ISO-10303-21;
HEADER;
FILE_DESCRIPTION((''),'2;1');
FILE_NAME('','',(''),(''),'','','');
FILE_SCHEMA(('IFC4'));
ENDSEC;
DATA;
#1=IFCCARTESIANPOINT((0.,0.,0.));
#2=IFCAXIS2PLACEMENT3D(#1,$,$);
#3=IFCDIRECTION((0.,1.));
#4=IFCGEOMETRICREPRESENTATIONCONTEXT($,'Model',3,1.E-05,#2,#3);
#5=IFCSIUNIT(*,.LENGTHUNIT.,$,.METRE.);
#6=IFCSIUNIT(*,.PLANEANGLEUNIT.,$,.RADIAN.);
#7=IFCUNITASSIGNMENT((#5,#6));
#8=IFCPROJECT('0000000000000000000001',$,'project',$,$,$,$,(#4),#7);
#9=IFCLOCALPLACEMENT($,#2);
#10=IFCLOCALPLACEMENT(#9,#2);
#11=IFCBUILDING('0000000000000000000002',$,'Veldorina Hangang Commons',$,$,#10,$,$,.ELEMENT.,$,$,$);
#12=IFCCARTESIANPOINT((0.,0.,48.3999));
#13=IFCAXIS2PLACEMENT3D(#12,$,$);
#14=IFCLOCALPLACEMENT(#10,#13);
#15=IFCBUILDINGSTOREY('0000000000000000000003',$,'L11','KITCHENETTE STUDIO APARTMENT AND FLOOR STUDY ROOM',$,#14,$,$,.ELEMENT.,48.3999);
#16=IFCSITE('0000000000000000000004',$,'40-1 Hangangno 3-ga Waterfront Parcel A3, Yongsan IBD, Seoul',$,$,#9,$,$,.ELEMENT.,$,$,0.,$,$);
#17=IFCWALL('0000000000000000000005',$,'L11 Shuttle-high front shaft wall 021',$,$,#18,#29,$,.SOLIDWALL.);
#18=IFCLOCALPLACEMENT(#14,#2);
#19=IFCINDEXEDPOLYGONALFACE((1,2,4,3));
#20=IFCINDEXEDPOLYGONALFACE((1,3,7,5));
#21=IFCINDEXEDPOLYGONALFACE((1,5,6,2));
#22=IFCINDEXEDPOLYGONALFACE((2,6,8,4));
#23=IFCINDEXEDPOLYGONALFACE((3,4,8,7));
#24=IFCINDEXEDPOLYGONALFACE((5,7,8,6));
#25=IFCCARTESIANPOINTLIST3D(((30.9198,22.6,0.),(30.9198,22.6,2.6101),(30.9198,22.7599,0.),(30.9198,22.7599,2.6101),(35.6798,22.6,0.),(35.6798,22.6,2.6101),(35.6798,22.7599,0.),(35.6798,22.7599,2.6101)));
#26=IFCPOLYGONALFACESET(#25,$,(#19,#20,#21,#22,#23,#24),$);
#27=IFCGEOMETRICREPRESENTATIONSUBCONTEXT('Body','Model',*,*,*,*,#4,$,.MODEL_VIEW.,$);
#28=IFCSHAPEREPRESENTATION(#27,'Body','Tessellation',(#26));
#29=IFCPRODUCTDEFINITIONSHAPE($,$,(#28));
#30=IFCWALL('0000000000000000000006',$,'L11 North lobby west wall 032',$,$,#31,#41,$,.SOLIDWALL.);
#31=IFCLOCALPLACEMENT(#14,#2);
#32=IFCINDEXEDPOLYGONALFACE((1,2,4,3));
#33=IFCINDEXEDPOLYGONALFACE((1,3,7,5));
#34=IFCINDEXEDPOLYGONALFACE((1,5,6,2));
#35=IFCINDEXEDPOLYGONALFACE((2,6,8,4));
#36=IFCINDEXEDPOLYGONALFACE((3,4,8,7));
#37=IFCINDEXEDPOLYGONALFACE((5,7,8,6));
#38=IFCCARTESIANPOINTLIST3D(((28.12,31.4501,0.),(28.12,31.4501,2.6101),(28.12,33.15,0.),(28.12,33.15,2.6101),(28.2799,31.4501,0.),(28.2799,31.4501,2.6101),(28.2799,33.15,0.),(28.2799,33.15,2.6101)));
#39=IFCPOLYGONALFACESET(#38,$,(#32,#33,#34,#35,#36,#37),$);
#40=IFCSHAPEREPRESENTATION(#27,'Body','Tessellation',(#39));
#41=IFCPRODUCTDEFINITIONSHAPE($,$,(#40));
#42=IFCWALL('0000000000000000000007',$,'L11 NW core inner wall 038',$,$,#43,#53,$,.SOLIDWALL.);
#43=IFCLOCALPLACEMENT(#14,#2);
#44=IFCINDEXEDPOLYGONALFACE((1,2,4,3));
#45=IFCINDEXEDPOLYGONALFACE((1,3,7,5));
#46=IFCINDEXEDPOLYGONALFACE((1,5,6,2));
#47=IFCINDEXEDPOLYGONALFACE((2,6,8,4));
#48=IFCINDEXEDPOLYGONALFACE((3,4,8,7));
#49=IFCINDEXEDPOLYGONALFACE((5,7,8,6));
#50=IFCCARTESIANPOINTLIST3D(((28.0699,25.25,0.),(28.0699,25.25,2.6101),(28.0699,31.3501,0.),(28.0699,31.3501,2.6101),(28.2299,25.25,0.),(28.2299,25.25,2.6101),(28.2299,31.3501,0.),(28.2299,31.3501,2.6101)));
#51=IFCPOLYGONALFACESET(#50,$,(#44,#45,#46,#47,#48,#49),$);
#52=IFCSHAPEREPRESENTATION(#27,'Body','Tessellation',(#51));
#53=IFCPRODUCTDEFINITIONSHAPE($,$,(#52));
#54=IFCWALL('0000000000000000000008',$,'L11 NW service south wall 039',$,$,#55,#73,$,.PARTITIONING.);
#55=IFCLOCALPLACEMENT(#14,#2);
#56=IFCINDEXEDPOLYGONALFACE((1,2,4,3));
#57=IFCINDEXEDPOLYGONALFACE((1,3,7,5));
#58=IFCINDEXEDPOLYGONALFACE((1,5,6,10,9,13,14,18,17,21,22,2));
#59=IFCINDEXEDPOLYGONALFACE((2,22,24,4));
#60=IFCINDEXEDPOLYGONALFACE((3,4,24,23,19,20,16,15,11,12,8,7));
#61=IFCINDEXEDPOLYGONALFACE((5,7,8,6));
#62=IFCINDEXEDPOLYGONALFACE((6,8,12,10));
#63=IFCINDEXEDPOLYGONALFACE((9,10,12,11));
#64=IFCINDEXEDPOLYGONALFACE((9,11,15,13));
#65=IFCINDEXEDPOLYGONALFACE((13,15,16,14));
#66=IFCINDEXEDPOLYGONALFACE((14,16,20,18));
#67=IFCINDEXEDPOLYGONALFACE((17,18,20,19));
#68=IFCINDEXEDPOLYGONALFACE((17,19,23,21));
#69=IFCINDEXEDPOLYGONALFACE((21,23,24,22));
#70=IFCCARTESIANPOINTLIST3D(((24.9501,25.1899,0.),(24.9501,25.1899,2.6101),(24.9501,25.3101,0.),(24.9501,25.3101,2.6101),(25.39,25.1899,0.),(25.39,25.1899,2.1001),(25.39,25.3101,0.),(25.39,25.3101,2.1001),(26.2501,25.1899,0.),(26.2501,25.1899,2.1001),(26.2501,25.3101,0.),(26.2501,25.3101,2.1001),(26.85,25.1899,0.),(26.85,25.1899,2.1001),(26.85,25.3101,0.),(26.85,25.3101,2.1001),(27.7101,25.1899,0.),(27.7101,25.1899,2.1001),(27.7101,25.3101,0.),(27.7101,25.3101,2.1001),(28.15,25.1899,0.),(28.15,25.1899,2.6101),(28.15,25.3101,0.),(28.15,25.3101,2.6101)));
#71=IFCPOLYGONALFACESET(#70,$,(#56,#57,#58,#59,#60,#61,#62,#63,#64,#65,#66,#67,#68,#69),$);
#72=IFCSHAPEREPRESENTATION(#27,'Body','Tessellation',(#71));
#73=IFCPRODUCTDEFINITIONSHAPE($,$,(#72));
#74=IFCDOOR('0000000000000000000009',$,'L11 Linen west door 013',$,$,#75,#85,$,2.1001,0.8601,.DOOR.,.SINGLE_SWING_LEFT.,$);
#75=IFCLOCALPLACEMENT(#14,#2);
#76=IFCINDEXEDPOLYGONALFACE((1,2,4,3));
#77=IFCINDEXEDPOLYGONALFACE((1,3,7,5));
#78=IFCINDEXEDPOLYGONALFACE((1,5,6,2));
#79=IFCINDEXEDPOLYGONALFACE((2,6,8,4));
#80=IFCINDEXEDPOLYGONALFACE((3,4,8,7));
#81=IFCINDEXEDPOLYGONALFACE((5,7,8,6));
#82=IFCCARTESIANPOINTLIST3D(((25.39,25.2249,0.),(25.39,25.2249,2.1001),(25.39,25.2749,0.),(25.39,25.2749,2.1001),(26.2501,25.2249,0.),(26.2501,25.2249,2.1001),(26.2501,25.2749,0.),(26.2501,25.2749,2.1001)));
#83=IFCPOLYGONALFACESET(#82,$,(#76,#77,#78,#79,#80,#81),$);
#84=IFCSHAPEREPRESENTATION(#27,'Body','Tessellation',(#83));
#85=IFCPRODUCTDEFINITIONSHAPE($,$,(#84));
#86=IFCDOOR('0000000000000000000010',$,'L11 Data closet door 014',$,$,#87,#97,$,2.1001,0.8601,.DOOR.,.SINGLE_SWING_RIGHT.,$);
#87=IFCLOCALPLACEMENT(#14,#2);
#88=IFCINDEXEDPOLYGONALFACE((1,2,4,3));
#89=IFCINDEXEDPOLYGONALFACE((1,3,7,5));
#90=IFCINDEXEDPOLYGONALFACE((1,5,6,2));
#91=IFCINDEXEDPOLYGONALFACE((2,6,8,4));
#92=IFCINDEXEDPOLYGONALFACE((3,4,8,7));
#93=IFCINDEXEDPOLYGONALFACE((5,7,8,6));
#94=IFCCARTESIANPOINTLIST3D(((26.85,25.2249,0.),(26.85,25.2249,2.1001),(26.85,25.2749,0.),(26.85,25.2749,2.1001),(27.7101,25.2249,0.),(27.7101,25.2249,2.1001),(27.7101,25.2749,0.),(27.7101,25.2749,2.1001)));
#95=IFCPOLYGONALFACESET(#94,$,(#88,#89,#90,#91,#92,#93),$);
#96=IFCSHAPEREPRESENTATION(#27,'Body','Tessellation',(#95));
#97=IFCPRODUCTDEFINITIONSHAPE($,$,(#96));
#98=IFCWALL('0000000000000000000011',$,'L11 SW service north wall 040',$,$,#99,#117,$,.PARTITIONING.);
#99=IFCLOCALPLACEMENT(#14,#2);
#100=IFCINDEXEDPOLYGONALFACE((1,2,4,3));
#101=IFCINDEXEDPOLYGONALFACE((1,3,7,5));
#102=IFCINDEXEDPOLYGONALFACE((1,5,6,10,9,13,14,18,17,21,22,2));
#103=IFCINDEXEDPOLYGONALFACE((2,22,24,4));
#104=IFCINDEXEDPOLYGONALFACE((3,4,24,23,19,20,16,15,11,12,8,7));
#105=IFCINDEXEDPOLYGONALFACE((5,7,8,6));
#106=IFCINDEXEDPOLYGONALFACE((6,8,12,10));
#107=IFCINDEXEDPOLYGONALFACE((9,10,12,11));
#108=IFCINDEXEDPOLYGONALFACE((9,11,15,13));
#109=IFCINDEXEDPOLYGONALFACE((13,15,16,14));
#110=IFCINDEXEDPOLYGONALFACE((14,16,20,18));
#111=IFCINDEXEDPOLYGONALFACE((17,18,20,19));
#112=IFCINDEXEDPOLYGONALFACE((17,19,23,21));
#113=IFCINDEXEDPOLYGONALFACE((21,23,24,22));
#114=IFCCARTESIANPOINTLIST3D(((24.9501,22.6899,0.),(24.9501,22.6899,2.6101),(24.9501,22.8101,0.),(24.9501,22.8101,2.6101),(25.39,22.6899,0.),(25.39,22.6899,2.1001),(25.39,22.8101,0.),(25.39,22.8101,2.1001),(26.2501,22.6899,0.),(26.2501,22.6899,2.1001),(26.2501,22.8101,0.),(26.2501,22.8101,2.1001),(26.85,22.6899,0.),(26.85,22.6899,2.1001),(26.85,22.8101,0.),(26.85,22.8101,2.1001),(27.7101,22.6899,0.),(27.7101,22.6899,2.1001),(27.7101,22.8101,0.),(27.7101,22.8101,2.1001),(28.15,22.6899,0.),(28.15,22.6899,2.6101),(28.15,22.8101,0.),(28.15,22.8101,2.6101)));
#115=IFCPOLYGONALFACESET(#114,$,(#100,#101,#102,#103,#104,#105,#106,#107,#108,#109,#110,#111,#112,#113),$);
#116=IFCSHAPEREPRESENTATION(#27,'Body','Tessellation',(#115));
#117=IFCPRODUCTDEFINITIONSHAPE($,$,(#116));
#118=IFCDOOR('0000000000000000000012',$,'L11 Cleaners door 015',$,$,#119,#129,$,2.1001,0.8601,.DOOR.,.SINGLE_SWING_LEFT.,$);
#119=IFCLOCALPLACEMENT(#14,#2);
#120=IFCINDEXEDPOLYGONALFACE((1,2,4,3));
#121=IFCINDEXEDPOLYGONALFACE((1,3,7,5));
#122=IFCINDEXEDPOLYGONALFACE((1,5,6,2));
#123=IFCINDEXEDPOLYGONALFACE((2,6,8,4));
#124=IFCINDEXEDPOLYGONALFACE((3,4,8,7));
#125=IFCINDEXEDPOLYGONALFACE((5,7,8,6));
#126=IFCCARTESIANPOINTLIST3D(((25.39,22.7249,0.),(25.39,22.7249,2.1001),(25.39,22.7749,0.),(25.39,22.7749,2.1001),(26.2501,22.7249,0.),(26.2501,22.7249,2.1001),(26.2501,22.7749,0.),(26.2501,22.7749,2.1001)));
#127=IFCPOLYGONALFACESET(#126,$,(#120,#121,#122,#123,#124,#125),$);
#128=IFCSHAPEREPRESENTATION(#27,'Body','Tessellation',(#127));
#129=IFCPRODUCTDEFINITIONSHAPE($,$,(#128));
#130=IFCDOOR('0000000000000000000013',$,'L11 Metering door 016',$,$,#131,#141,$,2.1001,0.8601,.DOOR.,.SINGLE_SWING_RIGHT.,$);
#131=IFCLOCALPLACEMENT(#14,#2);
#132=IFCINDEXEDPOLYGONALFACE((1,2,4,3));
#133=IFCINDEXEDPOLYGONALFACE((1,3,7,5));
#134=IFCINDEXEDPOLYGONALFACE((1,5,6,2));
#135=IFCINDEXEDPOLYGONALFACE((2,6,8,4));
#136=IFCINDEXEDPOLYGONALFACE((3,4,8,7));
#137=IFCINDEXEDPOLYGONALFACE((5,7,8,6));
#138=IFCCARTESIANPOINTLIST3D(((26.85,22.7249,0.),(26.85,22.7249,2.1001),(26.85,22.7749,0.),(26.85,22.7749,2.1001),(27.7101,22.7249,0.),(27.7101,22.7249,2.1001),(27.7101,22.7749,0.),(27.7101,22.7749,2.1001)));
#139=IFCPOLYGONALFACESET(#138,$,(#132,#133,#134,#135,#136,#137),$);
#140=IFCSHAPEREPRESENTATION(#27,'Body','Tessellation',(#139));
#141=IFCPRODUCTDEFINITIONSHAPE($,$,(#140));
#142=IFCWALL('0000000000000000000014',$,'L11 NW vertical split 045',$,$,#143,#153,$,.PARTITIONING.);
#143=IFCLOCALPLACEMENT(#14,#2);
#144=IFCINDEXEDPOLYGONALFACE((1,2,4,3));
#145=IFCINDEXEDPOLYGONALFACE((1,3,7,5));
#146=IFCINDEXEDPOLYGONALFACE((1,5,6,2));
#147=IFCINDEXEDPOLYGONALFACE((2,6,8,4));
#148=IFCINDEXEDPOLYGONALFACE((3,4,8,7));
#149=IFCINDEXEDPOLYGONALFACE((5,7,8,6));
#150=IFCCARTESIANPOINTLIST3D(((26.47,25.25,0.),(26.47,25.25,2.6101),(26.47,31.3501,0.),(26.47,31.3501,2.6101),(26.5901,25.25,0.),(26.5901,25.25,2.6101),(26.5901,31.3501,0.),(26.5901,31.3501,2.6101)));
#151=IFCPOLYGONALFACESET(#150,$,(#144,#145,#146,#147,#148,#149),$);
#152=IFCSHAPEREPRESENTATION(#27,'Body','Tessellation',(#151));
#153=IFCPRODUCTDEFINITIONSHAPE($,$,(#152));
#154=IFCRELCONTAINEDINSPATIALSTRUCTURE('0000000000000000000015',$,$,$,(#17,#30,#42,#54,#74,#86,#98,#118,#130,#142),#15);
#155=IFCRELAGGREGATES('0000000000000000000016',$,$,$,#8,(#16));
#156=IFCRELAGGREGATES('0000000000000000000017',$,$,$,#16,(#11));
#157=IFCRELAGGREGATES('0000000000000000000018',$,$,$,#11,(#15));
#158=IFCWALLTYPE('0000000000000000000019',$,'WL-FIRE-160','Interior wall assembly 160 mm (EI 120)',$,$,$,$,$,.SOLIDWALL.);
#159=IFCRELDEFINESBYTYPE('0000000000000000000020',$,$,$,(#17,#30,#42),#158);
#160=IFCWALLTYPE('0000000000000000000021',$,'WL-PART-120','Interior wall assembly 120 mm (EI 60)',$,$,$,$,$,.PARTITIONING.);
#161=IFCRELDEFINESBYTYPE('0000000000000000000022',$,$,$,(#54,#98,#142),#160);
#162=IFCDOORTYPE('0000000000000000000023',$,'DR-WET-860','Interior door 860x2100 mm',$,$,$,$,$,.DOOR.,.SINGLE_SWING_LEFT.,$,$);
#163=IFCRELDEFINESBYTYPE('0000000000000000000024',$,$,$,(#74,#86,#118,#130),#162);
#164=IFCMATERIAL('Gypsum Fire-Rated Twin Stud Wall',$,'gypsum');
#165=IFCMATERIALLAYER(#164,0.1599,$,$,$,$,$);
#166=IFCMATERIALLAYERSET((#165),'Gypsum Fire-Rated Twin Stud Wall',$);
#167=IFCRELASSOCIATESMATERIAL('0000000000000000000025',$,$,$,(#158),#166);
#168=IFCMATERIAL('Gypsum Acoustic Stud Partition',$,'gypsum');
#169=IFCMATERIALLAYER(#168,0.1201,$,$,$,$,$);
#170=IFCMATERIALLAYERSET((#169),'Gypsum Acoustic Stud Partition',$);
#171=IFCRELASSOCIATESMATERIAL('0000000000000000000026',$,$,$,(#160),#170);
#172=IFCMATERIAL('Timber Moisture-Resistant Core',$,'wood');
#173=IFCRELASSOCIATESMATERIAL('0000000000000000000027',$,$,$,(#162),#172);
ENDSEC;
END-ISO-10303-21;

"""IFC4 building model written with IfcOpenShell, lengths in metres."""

from ifc_helpers import new_model, si_unit, direction, frame, frame_2d, origin, place, context, subcontext, project, spatial, rectangle, extrude, material, layer, layer_set, type_object, element, fill, save


model = new_model("IFC4")

# Units and contexts
model_context = context("Model", 3, precision=1e-05, world=origin(), true_north=direction((0.0, 1.0)))
body_context = subcontext(model_context, "Body", "Model", "MODEL_VIEW")
ifc_project = project(units=[si_unit("LENGTHUNIT", "METRE"), si_unit("PLANEANGLEUNIT", "RADIAN")], contexts=[model_context])

# Site, building, storey
site_placement = place(None, origin())
site = spatial("IfcSite", under=ifc_project, at=site_placement, Name="40-1 Hangangno 3-ga Waterfront Parcel A3, Yongsan IBD, Seoul", CompositionType="ELEMENT", RefElevation=0.0)
building_placement = place(site_placement, origin())
building = spatial("IfcBuilding", under=site, at=building_placement, Name="Veldorina Hangang Commons", CompositionType="ELEMENT")
storey_placement = place(building_placement, frame((0.0, 0.0, 48.3999)))
storey = spatial("IfcBuildingStorey", under=building, at=storey_placement, Name="L11", Description="KITCHENETTE STUDIO APARTMENT AND FLOOR STUDY ROOM", CompositionType="ELEMENT", Elevation=48.3999)

# Shared definitions
ifc_material_1 = material(Name="Gypsum Fire-Rated Twin Stud Wall", Category="gypsum")
ifc_layer_1 = layer(ifc_material_1, 0.1599)
ifc_layer_set_1 = layer_set([ifc_layer_1], Name="Gypsum Fire-Rated Twin Stud Wall")
wall_type_1 = type_object("IfcWallType", Name="WL-FIRE-160", Description="Interior wall assembly 160 mm (EI 120)", PredefinedType="SOLIDWALL", material=ifc_layer_set_1)

# Walls
wall_1_placement = place(storey_placement, frame((30.9199, 22.6799, 0.0), z_axis=(0.0, 0.0, 1.0), x_axis=(1.0, 0.0, 0.0)))
element("IfcWall", 1, at=wall_1_placement, inside=storey, type_object=wall_type_1, Name="L11 Shuttle-high front shaft wall 021", PredefinedType="SOLIDWALL", context=body_context, shape_type="SweptSolid", body=[
    extrude(rectangle(XDim=4.76, YDim=0.1599, at=frame_2d((2.3799, 0.0))), origin(), (0.0, 0.0, 1.0), 2.6101),
])
wall_2_placement = place(storey_placement, frame((28.2, 31.45, 0.0), z_axis=(0.0, 0.0, 1.0), x_axis=(0.0, 1.0, 0.0)))
element("IfcWall", 2, at=wall_2_placement, inside=storey, type_object=wall_type_1, Name="L11 North lobby west wall 032", PredefinedType="SOLIDWALL", context=body_context, shape_type="SweptSolid", body=[
    extrude(rectangle(XDim=1.7, YDim=0.1599, at=frame_2d((0.8501, 0.0))), origin(), (0.0, 0.0, 1.0), 2.6101),
])
wall_3_placement = place(storey_placement, frame((28.1499, 25.25, 0.0), z_axis=(0.0, 0.0, 1.0), x_axis=(0.0, 1.0, 0.0)))
element("IfcWall", 3, at=wall_3_placement, inside=storey, type_object=wall_type_1, Name="L11 NW core inner wall 038", PredefinedType="SOLIDWALL", context=body_context, shape_type="SweptSolid", body=[
    extrude(rectangle(XDim=6.1001, YDim=0.1599, at=frame_2d((3.05, 0.0))), origin(), (0.0, 0.0, 1.0), 2.6101),
])

# Walls, openings, doors
ifc_material_2 = material(Name="Gypsum Acoustic Stud Partition", Category="gypsum")
ifc_layer_2 = layer(ifc_material_2, 0.1201)
ifc_layer_set_2 = layer_set([ifc_layer_2], Name="Gypsum Acoustic Stud Partition")
wall_type_2 = type_object("IfcWallType", Name="WL-PART-120", Description="Interior wall assembly 120 mm (EI 60)", PredefinedType="PARTITIONING", material=ifc_layer_set_2)
wall_4_placement = place(storey_placement, frame((24.95, 25.25, 0.0), z_axis=(0.0, 0.0, 1.0), x_axis=(1.0, 0.0, 0.0)))
wall_4 = element("IfcWall", 4, at=wall_4_placement, inside=storey, type_object=wall_type_2, Name="L11 NW service south wall 039", PredefinedType="PARTITIONING", context=body_context, shape_type="SweptSolid", body=[
    extrude(rectangle(XDim=3.2, YDim=0.1201, at=frame_2d((1.6001, 0.0))), origin(), (0.0, 0.0, 1.0), 2.6101),
])
opening_1_placement = place(wall_4_placement, frame((0.4399, 0.0, 0.0)))
opening_1 = element("IfcOpeningElement", 5, at=opening_1_placement, cuts=wall_4, PredefinedType="OPENING", context=body_context, shape_type="SweptSolid", body=[
    extrude(rectangle(XDim=0.8601, YDim=2.1001, at=frame_2d((0.4302, 1.05))), frame((0.0, 0.0701, 0.0), z_axis=(0.0, -1.0, 0.0), x_axis=(1.0, 0.0, 0.0)), (0.0, 0.0, 1.0), 0.1401),
])
opening_2_placement = place(wall_4_placement, frame((1.8999, 0.0, 0.0)))
opening_2 = element("IfcOpeningElement", 6, at=opening_2_placement, cuts=wall_4, PredefinedType="OPENING", context=body_context, shape_type="SweptSolid", body=[
    extrude(rectangle(XDim=0.8601, YDim=2.1001, at=frame_2d((0.4302, 1.05))), frame((0.0, 0.0701, 0.0), z_axis=(0.0, -1.0, 0.0), x_axis=(1.0, 0.0, 0.0)), (0.0, 0.0, 1.0), 0.1401),
])
ifc_material_3 = material(Name="Timber Moisture-Resistant Core", Category="wood")
door_type_1 = type_object("IfcDoorType", Name="DR-WET-860", Description="Interior door 860x2100 mm", OperationType="SINGLE_SWING_LEFT", PredefinedType="DOOR", material=ifc_material_3)
door_1_placement = place(opening_1_placement, origin())
door_1 = element("IfcDoor", 7, at=door_1_placement, inside=storey, type_object=door_type_1, Name="L11 Linen west door 013", OperationType="SINGLE_SWING_LEFT", OverallHeight=2.1001, OverallWidth=0.8601, PredefinedType="DOOR", context=body_context, shape_type="SweptSolid", body=[
    extrude(rectangle(XDim=0.8601, YDim=2.1001, at=frame_2d((0.4302, 1.05))), frame((0.0, 0.0249, 0.0), z_axis=(0.0, -1.0, 0.0), x_axis=(1.0, 0.0, 0.0)), (0.0, 0.0, 1.0), 0.05),
])
fill(opening_1, door_1)
door_2_placement = place(opening_2_placement, origin())
door_2 = element("IfcDoor", 8, at=door_2_placement, inside=storey, type_object=door_type_1, Name="L11 Data closet door 014", OperationType="SINGLE_SWING_RIGHT", OverallHeight=2.1001, OverallWidth=0.8601, PredefinedType="DOOR", context=body_context, shape_type="SweptSolid", body=[
    extrude(rectangle(XDim=0.8601, YDim=2.1001, at=frame_2d((0.4302, 1.05))), frame((0.0, 0.0249, 0.0), z_axis=(0.0, -1.0, 0.0), x_axis=(1.0, 0.0, 0.0)), (0.0, 0.0, 1.0), 0.05),
])
fill(opening_2, door_2)
wall_5_placement = place(storey_placement, frame((24.95, 22.75, 0.0), z_axis=(0.0, 0.0, 1.0), x_axis=(1.0, 0.0, 0.0)))
wall_5 = element("IfcWall", 9, at=wall_5_placement, inside=storey, type_object=wall_type_2, Name="L11 SW service north wall 040", PredefinedType="PARTITIONING", context=body_context, shape_type="SweptSolid", body=[
    extrude(rectangle(XDim=3.2, YDim=0.1201, at=frame_2d((1.6001, 0.0))), origin(), (0.0, 0.0, 1.0), 2.6101),
])
opening_3_placement = place(wall_5_placement, frame((0.4399, 0.0, 0.0)))
opening_3 = element("IfcOpeningElement", 10, at=opening_3_placement, cuts=wall_5, PredefinedType="OPENING", context=body_context, shape_type="SweptSolid", body=[
    extrude(rectangle(XDim=0.8601, YDim=2.1001, at=frame_2d((0.4302, 1.05))), frame((0.0, 0.0701, 0.0), z_axis=(0.0, -1.0, 0.0), x_axis=(1.0, 0.0, 0.0)), (0.0, 0.0, 1.0), 0.1401),
])
opening_4_placement = place(wall_5_placement, frame((1.8999, 0.0, 0.0)))
opening_4 = element("IfcOpeningElement", 11, at=opening_4_placement, cuts=wall_5, PredefinedType="OPENING", context=body_context, shape_type="SweptSolid", body=[
    extrude(rectangle(XDim=0.8601, YDim=2.1001, at=frame_2d((0.4302, 1.05))), frame((0.0, 0.0701, 0.0), z_axis=(0.0, -1.0, 0.0), x_axis=(1.0, 0.0, 0.0)), (0.0, 0.0, 1.0), 0.1401),
])
door_3_placement = place(opening_3_placement, origin())
door_3 = element("IfcDoor", 12, at=door_3_placement, inside=storey, type_object=door_type_1, Name="L11 Cleaners door 015", OperationType="SINGLE_SWING_LEFT", OverallHeight=2.1001, OverallWidth=0.8601, PredefinedType="DOOR", context=body_context, shape_type="SweptSolid", body=[
    extrude(rectangle(XDim=0.8601, YDim=2.1001, at=frame_2d((0.4302, 1.05))), frame((0.0, 0.0249, 0.0), z_axis=(0.0, -1.0, 0.0), x_axis=(1.0, 0.0, 0.0)), (0.0, 0.0, 1.0), 0.05),
])
fill(opening_3, door_3)
door_4_placement = place(opening_4_placement, origin())
door_4 = element("IfcDoor", 13, at=door_4_placement, inside=storey, type_object=door_type_1, Name="L11 Metering door 016", OperationType="SINGLE_SWING_RIGHT", OverallHeight=2.1001, OverallWidth=0.8601, PredefinedType="DOOR", context=body_context, shape_type="SweptSolid", body=[
    extrude(rectangle(XDim=0.8601, YDim=2.1001, at=frame_2d((0.4302, 1.05))), frame((0.0, 0.0249, 0.0), z_axis=(0.0, -1.0, 0.0), x_axis=(1.0, 0.0, 0.0)), (0.0, 0.0, 1.0), 0.05),
])
fill(opening_4, door_4)

# Wall
wall_6_placement = place(storey_placement, frame((26.53, 25.25, 0.0), z_axis=(0.0, 0.0, 1.0), x_axis=(0.0, 1.0, 0.0)))
element("IfcWall", 14, at=wall_6_placement, inside=storey, type_object=wall_type_2, Name="L11 NW vertical split 045", PredefinedType="PARTITIONING", context=body_context, shape_type="SweptSolid", body=[
    extrude(rectangle(XDim=6.1001, YDim=0.1201, at=frame_2d((3.05, 0.0))), origin(), (0.0, 0.0, 1.0), 2.6101),
])

save(model, "model.ifc")
